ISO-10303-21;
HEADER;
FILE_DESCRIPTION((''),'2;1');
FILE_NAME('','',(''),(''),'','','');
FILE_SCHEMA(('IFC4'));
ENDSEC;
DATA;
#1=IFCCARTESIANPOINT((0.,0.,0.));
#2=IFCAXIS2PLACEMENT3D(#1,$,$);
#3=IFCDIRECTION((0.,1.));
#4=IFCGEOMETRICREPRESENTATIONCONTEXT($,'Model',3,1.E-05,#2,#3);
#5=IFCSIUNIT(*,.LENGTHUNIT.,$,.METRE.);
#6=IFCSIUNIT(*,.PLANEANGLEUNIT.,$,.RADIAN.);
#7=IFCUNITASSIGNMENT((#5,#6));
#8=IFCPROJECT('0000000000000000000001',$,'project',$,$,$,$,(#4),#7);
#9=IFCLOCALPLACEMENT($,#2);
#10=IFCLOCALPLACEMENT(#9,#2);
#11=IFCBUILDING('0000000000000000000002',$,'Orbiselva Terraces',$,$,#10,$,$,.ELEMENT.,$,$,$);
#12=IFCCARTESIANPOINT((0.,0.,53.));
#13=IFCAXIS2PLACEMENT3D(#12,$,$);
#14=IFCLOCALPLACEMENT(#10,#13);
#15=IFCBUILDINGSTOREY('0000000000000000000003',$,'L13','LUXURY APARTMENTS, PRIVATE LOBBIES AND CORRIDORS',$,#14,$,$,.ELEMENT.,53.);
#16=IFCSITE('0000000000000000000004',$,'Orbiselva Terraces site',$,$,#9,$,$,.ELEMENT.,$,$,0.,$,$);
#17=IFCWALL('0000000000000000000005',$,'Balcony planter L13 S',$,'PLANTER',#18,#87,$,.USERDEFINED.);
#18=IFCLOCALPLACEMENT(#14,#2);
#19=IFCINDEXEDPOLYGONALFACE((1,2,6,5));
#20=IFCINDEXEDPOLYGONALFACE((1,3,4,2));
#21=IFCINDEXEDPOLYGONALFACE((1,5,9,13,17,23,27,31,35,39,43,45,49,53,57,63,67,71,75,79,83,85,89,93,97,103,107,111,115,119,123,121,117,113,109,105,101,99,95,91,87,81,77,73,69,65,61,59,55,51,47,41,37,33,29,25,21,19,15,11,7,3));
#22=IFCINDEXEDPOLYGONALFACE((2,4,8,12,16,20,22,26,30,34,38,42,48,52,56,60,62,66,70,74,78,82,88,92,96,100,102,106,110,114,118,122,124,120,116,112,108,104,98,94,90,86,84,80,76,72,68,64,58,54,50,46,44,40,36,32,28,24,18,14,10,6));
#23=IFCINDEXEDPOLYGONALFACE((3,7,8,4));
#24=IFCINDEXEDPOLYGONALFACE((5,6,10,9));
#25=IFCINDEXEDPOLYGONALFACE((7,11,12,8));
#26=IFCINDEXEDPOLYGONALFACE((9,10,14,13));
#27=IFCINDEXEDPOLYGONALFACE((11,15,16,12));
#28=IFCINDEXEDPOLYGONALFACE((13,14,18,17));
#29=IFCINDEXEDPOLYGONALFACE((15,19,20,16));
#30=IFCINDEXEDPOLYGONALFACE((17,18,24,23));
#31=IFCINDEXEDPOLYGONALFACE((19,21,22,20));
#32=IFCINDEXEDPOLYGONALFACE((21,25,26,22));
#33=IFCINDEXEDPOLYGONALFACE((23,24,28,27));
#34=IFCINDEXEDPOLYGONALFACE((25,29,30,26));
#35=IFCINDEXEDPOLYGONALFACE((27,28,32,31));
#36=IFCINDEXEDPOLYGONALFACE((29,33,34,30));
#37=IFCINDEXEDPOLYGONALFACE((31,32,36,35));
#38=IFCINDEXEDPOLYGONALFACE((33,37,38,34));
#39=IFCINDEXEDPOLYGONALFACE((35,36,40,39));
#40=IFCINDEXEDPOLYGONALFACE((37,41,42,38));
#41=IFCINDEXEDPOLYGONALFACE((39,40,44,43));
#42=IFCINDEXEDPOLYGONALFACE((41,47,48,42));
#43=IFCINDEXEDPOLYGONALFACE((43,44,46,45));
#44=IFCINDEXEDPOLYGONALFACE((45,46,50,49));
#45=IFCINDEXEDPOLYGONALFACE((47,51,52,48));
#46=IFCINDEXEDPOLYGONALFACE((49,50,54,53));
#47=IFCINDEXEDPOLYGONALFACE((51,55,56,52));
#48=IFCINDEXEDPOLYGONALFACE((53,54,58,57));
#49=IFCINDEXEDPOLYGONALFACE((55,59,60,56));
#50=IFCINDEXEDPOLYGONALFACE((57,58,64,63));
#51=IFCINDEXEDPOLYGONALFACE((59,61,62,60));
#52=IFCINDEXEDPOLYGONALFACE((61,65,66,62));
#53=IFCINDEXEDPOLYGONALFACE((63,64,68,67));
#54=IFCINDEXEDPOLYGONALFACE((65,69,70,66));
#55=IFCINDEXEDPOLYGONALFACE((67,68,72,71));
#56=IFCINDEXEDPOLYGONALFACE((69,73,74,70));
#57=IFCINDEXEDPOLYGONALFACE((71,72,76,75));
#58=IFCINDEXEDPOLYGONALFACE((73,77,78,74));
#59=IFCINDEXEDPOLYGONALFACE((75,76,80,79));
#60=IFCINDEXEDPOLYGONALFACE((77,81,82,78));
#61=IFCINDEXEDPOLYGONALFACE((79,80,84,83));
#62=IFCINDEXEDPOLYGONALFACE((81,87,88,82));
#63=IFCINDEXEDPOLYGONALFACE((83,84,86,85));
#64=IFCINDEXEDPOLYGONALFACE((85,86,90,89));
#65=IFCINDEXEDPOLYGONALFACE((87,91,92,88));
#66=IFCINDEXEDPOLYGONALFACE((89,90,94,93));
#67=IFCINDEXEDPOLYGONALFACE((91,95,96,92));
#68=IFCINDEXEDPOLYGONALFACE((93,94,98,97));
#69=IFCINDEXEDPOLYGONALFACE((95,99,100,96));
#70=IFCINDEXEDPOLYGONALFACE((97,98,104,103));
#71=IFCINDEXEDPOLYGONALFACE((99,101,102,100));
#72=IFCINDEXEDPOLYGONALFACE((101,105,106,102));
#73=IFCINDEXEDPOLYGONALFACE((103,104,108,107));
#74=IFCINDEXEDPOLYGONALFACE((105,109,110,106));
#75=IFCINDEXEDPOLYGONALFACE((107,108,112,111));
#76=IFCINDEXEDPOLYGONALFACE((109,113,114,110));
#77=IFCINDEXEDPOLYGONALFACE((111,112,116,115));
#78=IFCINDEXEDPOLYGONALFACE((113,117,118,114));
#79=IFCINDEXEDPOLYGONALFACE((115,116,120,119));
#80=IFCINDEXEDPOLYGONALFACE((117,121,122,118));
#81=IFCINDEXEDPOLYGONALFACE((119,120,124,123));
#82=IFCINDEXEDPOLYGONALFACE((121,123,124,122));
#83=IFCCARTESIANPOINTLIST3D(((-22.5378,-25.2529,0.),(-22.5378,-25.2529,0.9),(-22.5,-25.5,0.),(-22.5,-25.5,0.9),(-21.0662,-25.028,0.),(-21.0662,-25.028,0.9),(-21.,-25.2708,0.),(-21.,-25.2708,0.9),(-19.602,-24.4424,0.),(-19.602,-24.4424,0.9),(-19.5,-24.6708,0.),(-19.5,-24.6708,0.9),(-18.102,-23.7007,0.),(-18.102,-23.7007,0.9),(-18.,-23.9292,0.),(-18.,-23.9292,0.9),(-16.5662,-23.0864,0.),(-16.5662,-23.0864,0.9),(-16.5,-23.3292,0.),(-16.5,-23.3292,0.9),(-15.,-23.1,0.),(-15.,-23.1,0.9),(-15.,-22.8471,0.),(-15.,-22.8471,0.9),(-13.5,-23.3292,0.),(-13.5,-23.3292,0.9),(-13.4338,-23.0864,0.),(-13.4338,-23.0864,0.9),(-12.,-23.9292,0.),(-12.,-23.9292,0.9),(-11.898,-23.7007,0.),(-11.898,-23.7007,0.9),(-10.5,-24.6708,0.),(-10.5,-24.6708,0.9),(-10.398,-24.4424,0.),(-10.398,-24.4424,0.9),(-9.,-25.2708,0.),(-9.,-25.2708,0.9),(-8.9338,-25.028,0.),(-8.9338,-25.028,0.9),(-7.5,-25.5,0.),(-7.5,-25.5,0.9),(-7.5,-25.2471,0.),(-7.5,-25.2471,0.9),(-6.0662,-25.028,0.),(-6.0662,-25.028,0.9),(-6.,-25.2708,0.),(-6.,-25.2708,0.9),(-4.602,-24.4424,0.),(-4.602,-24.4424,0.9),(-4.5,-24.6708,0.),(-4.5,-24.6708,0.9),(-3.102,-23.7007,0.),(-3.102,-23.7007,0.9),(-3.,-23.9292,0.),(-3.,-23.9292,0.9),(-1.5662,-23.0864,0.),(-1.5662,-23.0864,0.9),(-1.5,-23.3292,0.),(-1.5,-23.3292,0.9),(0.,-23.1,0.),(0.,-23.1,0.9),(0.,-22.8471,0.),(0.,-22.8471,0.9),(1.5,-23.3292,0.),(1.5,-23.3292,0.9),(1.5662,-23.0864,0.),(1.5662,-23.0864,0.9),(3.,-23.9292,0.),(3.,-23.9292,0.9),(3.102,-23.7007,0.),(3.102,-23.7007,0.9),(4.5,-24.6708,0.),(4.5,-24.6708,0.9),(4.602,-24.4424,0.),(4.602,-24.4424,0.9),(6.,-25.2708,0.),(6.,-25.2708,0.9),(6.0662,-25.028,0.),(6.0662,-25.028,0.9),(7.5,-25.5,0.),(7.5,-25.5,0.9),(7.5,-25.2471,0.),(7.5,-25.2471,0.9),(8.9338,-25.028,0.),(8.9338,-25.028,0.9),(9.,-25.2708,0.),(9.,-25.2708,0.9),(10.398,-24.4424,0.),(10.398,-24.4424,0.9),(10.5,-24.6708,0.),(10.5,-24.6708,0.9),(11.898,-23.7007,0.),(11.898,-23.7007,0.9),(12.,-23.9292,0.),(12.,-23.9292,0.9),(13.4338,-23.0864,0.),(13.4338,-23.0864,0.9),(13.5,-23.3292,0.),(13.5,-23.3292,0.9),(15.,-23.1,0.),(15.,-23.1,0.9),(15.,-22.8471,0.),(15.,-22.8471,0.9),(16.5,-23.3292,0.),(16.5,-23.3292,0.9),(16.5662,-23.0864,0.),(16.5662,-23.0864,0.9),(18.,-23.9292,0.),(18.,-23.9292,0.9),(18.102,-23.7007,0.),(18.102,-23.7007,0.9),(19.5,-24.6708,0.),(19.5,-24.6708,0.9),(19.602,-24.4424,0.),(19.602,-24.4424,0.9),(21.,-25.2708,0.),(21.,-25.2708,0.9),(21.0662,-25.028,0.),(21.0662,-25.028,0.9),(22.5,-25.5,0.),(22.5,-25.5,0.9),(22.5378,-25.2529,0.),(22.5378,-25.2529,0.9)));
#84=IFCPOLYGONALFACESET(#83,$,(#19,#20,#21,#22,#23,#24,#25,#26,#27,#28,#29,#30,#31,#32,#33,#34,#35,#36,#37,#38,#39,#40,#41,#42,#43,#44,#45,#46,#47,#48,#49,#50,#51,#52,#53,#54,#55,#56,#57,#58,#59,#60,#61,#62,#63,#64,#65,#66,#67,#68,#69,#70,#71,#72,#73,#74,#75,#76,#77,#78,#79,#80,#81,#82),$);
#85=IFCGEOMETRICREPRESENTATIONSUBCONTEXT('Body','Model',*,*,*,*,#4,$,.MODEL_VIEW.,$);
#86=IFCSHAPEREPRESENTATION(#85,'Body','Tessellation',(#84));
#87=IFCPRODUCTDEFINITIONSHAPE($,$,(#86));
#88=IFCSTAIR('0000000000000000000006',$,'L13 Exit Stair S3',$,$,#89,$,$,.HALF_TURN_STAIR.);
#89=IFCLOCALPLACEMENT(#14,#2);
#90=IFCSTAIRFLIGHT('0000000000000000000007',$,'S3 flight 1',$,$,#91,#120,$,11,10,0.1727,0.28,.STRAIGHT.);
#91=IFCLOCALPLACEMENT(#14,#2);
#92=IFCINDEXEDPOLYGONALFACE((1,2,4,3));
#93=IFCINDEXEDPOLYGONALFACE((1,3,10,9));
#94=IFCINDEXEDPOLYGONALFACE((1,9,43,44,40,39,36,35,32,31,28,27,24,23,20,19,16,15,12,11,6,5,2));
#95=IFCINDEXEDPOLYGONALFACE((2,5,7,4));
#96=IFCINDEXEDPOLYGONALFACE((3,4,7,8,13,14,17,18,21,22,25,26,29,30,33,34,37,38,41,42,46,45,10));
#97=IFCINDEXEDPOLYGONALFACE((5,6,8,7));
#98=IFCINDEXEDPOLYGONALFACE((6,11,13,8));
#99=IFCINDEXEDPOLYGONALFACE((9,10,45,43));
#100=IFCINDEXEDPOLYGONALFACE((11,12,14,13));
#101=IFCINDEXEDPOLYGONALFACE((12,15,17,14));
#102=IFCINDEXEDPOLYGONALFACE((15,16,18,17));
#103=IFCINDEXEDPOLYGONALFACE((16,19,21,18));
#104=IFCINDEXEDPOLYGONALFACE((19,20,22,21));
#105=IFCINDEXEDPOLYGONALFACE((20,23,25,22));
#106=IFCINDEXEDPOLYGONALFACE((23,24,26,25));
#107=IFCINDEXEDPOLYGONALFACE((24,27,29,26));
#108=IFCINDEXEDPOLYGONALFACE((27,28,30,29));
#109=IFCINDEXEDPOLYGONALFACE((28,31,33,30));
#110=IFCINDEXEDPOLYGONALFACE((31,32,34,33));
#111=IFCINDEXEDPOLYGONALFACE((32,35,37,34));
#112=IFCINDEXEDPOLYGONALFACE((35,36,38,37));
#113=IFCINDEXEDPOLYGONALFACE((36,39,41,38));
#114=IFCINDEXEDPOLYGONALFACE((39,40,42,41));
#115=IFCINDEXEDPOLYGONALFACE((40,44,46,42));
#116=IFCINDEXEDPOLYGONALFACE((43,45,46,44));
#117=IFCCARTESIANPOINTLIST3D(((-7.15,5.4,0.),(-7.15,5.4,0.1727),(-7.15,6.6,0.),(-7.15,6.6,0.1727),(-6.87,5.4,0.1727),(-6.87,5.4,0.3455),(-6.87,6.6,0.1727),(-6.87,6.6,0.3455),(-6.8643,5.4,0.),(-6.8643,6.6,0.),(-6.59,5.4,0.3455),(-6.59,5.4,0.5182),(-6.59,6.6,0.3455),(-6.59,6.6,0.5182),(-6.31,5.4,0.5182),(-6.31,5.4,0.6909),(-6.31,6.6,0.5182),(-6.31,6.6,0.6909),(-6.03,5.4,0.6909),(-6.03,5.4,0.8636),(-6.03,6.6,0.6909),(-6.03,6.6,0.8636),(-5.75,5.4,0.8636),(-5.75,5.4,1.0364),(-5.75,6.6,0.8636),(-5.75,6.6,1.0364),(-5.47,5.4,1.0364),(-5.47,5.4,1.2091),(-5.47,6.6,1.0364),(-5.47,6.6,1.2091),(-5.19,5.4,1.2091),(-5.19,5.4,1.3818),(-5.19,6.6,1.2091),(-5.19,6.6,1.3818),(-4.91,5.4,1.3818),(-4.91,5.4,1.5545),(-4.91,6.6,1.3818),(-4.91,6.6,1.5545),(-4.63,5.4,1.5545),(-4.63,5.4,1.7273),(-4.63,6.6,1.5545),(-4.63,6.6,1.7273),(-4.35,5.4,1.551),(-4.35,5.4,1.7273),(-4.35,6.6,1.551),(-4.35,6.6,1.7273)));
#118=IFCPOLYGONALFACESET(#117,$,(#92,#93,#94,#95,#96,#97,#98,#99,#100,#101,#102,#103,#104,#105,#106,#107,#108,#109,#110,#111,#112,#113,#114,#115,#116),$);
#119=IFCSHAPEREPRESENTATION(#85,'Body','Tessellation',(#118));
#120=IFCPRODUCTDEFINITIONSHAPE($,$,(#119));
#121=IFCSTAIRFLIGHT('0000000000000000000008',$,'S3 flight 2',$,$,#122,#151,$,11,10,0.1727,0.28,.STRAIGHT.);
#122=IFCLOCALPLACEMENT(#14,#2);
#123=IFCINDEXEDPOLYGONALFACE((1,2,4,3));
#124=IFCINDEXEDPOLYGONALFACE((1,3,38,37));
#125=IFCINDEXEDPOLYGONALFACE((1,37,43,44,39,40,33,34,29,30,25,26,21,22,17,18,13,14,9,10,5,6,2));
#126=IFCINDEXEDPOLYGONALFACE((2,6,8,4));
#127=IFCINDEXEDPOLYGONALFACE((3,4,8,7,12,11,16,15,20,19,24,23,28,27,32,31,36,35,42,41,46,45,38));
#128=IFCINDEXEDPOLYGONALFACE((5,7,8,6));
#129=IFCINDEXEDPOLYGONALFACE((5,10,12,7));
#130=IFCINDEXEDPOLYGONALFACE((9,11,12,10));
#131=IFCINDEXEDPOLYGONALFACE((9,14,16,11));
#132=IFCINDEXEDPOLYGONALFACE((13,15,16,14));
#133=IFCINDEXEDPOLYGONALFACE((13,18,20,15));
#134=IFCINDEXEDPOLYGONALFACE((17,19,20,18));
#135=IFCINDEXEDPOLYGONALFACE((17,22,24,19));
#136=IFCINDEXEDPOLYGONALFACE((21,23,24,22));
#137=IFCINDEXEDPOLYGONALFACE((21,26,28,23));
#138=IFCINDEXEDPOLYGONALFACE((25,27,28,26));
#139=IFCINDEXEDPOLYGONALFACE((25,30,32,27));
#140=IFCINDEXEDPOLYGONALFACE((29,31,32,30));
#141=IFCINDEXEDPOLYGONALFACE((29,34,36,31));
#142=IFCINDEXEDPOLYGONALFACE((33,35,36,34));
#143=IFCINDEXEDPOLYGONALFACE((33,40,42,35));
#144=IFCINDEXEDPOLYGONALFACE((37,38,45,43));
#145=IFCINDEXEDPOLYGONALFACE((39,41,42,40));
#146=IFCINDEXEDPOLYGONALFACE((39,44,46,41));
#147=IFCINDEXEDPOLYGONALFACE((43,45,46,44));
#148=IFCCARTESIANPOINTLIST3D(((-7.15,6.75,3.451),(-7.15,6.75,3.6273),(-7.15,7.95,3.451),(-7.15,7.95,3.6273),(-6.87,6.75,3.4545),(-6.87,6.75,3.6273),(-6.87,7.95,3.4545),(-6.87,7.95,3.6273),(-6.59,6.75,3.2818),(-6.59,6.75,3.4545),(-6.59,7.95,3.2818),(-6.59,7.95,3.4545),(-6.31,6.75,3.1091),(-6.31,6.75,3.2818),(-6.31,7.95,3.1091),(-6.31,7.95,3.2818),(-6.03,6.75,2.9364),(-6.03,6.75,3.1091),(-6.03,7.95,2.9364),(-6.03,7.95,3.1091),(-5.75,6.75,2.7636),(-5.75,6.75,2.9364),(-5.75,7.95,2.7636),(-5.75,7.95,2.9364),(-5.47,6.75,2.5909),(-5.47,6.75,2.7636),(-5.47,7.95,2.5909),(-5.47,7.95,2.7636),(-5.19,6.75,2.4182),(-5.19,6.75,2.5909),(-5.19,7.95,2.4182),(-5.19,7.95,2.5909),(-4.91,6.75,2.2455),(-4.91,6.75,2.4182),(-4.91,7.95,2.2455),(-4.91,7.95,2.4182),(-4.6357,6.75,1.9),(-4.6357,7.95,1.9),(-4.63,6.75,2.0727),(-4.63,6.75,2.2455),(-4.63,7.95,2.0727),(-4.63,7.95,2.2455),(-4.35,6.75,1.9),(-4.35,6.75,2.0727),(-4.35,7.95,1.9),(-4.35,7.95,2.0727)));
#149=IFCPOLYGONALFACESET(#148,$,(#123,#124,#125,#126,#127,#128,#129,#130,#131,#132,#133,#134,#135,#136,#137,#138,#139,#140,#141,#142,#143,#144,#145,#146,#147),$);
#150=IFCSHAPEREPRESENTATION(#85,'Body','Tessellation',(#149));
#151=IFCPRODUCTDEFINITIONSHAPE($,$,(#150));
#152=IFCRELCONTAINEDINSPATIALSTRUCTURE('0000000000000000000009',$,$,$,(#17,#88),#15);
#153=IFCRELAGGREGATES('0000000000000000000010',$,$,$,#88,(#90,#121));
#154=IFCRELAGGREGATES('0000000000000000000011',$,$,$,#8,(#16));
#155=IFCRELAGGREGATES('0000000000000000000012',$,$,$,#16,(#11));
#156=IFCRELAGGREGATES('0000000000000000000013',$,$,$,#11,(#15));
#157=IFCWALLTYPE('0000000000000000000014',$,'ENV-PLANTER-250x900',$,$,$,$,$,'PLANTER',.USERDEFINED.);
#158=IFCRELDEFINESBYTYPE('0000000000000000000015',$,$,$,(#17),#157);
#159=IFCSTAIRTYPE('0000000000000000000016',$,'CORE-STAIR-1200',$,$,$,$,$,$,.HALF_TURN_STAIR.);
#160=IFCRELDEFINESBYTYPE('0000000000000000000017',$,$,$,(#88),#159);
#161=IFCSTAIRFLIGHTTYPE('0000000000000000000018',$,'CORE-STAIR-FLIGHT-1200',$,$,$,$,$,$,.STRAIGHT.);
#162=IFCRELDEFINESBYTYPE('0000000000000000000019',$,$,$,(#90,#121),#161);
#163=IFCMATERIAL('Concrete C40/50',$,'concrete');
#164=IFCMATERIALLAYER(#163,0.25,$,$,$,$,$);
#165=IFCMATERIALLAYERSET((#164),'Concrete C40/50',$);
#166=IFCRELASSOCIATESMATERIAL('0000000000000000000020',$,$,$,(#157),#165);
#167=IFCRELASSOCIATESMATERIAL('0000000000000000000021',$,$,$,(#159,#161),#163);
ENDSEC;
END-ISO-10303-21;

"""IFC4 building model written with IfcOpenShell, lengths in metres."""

from ifc_helpers import new_model, si_unit, direction, frame, origin, place, context, subcontext, project, spatial, polyline, outline, extrude, material, layer, layer_set, type_object, element, aggregate, save


model = new_model("IFC4")

# Units and contexts
model_context = context("Model", 3, precision=1e-05, world=origin(), true_north=direction((0.0, 1.0)))
body_context = subcontext(model_context, "Body", "Model", "MODEL_VIEW")
ifc_project = project(units=[si_unit("LENGTHUNIT", "METRE"), si_unit("PLANEANGLEUNIT", "RADIAN")], contexts=[model_context])

# Site, building, storey
site_placement = place(None, origin())
site = spatial("IfcSite", under=ifc_project, at=site_placement, Name="Orbiselva Terraces site", CompositionType="ELEMENT", RefElevation=0.0)
building_placement = place(site_placement, origin())
building = spatial("IfcBuilding", under=site, at=building_placement, Name="Orbiselva Terraces", CompositionType="ELEMENT")
storey_placement = place(building_placement, frame((0.0, 0.0, 53.0)))
storey = spatial("IfcBuildingStorey", under=building, at=storey_placement, Name="L13", Description="LUXURY APARTMENTS, PRIVATE LOBBIES AND CORRIDORS", CompositionType="ELEMENT", Elevation=53.0)

# Wall
ifc_material_1 = material(Name="Concrete C40/50", Category="concrete")
ifc_layer_1 = layer(ifc_material_1, 0.25)
ifc_layer_set_1 = layer_set([ifc_layer_1], Name="Concrete C40/50")
wall_type_1 = type_object("IfcWallType", Name="ENV-PLANTER-250x900", ElementType="PLANTER", PredefinedType="USERDEFINED", material=ifc_layer_set_1)
wall_1_placement = place(storey_placement, origin())
element("IfcWall", 1, at=wall_1_placement, inside=storey, type_object=wall_type_1, Name="Balcony planter L13 S", ObjectType="PLANTER", PredefinedType="USERDEFINED", context=body_context, shape_type="SweptSolid", body=[
    extrude(outline(polyline([(-22.5, -25.5), (-21.0, -25.2708), (-19.5, -24.6708), (-18.0, -23.9292), (-16.5, -23.3292), (-15.0, -23.1), (-13.5, -23.3292), (-12.0, -23.9292), (-10.5, -24.6708), (-9.0, -25.2708), (-7.5, -25.5), (-6.0, -25.2708), (-4.5, -24.6708), (-3.0, -23.9292), (-1.5, -23.3292), (0.0, -23.1), (1.5, -23.3292), (3.0, -23.9292), (4.5, -24.6708), (6.0, -25.2708), (7.5, -25.5), (9.0, -25.2708), (10.5, -24.6708), (12.0, -23.9292), (13.5, -23.3292), (15.0, -23.1), (16.5, -23.3292), (18.0, -23.9292), (19.5, -24.6708), (21.0, -25.2708), (22.5, -25.5), (22.5378, -25.2529), (21.0662, -25.028), (19.602, -24.4424), (18.102, -23.7007), (16.5662, -23.0864), (15.0, -22.8471), (13.4338, -23.0864), (11.898, -23.7007), (10.398, -24.4424), (8.9338, -25.028), (7.5, -25.2471), (6.0662, -25.028), (4.602, -24.4424), (3.102, -23.7007), (1.5662, -23.0864), (0.0, -22.8471), (-1.5662, -23.0864), (-3.102, -23.7007), (-4.602, -24.4424), (-6.0662, -25.028), (-7.5, -25.2471), (-8.9338, -25.028), (-10.398, -24.4424), (-11.898, -23.7007), (-13.4338, -23.0864), (-15.0, -22.8471), (-16.5662, -23.0864), (-18.102, -23.7007), (-19.602, -24.4424), (-21.0662, -25.028), (-22.5378, -25.2529), (-22.5, -25.5)])), origin(), (0.0, 0.0, 1.0), 0.9),
])

# Stair, stair flights
stair_type = type_object("IfcStairType", Name="CORE-STAIR-1200", PredefinedType="HALF_TURN_STAIR", material=ifc_material_1)
stair_placement = place(storey_placement, origin())
stair = element("IfcStair", 2, at=stair_placement, inside=storey, type_object=stair_type, Name="L13 Exit Stair S3", PredefinedType="HALF_TURN_STAIR")
stair_flight_type = type_object("IfcStairFlightType", Name="CORE-STAIR-FLIGHT-1200", PredefinedType="STRAIGHT", material=ifc_material_1)
stair_flight_1_placement = place(storey_placement, frame((-7.15, 6.0, 0.0), z_axis=(0.0, 0.0, 1.0), x_axis=(1.0, 0.0, 0.0)))
stair_flight_1 = element("IfcStairFlight", 3, at=stair_flight_1_placement, type_object=stair_flight_type, Name="S3 flight 1", NumberOfRisers=11, NumberOfTreads=10, PredefinedType="STRAIGHT", RiserHeight=0.1727, TreadLength=0.28, context=body_context, shape_type="SweptSolid", body=[
    extrude(outline(polyline([(0.0, 0.0), (0.0, 0.1727), (0.28, 0.1727), (0.28, 0.3455), (0.56, 0.3455), (0.56, 0.5182), (0.84, 0.5182), (0.84, 0.6909), (1.12, 0.6909), (1.12, 0.8636), (1.4, 0.8636), (1.4, 1.0364), (1.68, 1.0364), (1.68, 1.2091), (1.96, 1.2091), (1.96, 1.3818), (2.24, 1.3818), (2.24, 1.5545), (2.52, 1.5545), (2.52, 1.7273), (2.8, 1.7273), (2.8, 1.9), (2.8, 1.551), (0.2857, 0.0), (0.0, 0.0)])), frame((0.0, 0.6, 0.0), z_axis=(0.0, -1.0, 0.0), x_axis=(1.0, 0.0, 0.0)), (0.0, 0.0, 1.0), 1.2),
])
stair_flight_2_placement = place(storey_placement, frame((-4.35, 7.35, 1.9), z_axis=(0.0, 0.0, 1.0), x_axis=(-1.0, 0.0, 0.0)))
stair_flight_2 = element("IfcStairFlight", 4, at=stair_flight_2_placement, type_object=stair_flight_type, Name="S3 flight 2", NumberOfRisers=11, NumberOfTreads=10, PredefinedType="STRAIGHT", RiserHeight=0.1727, TreadLength=0.28, context=body_context, shape_type="SweptSolid", body=[
    extrude(outline(polyline([(0.0, 0.0), (0.0, 0.1727), (0.28, 0.1727), (0.28, 0.3455), (0.56, 0.3455), (0.56, 0.5182), (0.84, 0.5182), (0.84, 0.6909), (1.12, 0.6909), (1.12, 0.8636), (1.4, 0.8636), (1.4, 1.0364), (1.68, 1.0364), (1.68, 1.2091), (1.96, 1.2091), (1.96, 1.3818), (2.24, 1.3818), (2.24, 1.5545), (2.52, 1.5545), (2.52, 1.7273), (2.8, 1.7273), (2.8, 1.9), (2.8, 1.551), (0.2857, 0.0), (0.0, 0.0)])), frame((0.0, 0.6, 0.0), z_axis=(0.0, -1.0, 0.0), x_axis=(1.0, 0.0, 0.0)), (0.0, 0.0, 1.0), 1.2),
])
aggregate(stair, [stair_flight_1, stair_flight_2])

save(model, "model.ifc")
